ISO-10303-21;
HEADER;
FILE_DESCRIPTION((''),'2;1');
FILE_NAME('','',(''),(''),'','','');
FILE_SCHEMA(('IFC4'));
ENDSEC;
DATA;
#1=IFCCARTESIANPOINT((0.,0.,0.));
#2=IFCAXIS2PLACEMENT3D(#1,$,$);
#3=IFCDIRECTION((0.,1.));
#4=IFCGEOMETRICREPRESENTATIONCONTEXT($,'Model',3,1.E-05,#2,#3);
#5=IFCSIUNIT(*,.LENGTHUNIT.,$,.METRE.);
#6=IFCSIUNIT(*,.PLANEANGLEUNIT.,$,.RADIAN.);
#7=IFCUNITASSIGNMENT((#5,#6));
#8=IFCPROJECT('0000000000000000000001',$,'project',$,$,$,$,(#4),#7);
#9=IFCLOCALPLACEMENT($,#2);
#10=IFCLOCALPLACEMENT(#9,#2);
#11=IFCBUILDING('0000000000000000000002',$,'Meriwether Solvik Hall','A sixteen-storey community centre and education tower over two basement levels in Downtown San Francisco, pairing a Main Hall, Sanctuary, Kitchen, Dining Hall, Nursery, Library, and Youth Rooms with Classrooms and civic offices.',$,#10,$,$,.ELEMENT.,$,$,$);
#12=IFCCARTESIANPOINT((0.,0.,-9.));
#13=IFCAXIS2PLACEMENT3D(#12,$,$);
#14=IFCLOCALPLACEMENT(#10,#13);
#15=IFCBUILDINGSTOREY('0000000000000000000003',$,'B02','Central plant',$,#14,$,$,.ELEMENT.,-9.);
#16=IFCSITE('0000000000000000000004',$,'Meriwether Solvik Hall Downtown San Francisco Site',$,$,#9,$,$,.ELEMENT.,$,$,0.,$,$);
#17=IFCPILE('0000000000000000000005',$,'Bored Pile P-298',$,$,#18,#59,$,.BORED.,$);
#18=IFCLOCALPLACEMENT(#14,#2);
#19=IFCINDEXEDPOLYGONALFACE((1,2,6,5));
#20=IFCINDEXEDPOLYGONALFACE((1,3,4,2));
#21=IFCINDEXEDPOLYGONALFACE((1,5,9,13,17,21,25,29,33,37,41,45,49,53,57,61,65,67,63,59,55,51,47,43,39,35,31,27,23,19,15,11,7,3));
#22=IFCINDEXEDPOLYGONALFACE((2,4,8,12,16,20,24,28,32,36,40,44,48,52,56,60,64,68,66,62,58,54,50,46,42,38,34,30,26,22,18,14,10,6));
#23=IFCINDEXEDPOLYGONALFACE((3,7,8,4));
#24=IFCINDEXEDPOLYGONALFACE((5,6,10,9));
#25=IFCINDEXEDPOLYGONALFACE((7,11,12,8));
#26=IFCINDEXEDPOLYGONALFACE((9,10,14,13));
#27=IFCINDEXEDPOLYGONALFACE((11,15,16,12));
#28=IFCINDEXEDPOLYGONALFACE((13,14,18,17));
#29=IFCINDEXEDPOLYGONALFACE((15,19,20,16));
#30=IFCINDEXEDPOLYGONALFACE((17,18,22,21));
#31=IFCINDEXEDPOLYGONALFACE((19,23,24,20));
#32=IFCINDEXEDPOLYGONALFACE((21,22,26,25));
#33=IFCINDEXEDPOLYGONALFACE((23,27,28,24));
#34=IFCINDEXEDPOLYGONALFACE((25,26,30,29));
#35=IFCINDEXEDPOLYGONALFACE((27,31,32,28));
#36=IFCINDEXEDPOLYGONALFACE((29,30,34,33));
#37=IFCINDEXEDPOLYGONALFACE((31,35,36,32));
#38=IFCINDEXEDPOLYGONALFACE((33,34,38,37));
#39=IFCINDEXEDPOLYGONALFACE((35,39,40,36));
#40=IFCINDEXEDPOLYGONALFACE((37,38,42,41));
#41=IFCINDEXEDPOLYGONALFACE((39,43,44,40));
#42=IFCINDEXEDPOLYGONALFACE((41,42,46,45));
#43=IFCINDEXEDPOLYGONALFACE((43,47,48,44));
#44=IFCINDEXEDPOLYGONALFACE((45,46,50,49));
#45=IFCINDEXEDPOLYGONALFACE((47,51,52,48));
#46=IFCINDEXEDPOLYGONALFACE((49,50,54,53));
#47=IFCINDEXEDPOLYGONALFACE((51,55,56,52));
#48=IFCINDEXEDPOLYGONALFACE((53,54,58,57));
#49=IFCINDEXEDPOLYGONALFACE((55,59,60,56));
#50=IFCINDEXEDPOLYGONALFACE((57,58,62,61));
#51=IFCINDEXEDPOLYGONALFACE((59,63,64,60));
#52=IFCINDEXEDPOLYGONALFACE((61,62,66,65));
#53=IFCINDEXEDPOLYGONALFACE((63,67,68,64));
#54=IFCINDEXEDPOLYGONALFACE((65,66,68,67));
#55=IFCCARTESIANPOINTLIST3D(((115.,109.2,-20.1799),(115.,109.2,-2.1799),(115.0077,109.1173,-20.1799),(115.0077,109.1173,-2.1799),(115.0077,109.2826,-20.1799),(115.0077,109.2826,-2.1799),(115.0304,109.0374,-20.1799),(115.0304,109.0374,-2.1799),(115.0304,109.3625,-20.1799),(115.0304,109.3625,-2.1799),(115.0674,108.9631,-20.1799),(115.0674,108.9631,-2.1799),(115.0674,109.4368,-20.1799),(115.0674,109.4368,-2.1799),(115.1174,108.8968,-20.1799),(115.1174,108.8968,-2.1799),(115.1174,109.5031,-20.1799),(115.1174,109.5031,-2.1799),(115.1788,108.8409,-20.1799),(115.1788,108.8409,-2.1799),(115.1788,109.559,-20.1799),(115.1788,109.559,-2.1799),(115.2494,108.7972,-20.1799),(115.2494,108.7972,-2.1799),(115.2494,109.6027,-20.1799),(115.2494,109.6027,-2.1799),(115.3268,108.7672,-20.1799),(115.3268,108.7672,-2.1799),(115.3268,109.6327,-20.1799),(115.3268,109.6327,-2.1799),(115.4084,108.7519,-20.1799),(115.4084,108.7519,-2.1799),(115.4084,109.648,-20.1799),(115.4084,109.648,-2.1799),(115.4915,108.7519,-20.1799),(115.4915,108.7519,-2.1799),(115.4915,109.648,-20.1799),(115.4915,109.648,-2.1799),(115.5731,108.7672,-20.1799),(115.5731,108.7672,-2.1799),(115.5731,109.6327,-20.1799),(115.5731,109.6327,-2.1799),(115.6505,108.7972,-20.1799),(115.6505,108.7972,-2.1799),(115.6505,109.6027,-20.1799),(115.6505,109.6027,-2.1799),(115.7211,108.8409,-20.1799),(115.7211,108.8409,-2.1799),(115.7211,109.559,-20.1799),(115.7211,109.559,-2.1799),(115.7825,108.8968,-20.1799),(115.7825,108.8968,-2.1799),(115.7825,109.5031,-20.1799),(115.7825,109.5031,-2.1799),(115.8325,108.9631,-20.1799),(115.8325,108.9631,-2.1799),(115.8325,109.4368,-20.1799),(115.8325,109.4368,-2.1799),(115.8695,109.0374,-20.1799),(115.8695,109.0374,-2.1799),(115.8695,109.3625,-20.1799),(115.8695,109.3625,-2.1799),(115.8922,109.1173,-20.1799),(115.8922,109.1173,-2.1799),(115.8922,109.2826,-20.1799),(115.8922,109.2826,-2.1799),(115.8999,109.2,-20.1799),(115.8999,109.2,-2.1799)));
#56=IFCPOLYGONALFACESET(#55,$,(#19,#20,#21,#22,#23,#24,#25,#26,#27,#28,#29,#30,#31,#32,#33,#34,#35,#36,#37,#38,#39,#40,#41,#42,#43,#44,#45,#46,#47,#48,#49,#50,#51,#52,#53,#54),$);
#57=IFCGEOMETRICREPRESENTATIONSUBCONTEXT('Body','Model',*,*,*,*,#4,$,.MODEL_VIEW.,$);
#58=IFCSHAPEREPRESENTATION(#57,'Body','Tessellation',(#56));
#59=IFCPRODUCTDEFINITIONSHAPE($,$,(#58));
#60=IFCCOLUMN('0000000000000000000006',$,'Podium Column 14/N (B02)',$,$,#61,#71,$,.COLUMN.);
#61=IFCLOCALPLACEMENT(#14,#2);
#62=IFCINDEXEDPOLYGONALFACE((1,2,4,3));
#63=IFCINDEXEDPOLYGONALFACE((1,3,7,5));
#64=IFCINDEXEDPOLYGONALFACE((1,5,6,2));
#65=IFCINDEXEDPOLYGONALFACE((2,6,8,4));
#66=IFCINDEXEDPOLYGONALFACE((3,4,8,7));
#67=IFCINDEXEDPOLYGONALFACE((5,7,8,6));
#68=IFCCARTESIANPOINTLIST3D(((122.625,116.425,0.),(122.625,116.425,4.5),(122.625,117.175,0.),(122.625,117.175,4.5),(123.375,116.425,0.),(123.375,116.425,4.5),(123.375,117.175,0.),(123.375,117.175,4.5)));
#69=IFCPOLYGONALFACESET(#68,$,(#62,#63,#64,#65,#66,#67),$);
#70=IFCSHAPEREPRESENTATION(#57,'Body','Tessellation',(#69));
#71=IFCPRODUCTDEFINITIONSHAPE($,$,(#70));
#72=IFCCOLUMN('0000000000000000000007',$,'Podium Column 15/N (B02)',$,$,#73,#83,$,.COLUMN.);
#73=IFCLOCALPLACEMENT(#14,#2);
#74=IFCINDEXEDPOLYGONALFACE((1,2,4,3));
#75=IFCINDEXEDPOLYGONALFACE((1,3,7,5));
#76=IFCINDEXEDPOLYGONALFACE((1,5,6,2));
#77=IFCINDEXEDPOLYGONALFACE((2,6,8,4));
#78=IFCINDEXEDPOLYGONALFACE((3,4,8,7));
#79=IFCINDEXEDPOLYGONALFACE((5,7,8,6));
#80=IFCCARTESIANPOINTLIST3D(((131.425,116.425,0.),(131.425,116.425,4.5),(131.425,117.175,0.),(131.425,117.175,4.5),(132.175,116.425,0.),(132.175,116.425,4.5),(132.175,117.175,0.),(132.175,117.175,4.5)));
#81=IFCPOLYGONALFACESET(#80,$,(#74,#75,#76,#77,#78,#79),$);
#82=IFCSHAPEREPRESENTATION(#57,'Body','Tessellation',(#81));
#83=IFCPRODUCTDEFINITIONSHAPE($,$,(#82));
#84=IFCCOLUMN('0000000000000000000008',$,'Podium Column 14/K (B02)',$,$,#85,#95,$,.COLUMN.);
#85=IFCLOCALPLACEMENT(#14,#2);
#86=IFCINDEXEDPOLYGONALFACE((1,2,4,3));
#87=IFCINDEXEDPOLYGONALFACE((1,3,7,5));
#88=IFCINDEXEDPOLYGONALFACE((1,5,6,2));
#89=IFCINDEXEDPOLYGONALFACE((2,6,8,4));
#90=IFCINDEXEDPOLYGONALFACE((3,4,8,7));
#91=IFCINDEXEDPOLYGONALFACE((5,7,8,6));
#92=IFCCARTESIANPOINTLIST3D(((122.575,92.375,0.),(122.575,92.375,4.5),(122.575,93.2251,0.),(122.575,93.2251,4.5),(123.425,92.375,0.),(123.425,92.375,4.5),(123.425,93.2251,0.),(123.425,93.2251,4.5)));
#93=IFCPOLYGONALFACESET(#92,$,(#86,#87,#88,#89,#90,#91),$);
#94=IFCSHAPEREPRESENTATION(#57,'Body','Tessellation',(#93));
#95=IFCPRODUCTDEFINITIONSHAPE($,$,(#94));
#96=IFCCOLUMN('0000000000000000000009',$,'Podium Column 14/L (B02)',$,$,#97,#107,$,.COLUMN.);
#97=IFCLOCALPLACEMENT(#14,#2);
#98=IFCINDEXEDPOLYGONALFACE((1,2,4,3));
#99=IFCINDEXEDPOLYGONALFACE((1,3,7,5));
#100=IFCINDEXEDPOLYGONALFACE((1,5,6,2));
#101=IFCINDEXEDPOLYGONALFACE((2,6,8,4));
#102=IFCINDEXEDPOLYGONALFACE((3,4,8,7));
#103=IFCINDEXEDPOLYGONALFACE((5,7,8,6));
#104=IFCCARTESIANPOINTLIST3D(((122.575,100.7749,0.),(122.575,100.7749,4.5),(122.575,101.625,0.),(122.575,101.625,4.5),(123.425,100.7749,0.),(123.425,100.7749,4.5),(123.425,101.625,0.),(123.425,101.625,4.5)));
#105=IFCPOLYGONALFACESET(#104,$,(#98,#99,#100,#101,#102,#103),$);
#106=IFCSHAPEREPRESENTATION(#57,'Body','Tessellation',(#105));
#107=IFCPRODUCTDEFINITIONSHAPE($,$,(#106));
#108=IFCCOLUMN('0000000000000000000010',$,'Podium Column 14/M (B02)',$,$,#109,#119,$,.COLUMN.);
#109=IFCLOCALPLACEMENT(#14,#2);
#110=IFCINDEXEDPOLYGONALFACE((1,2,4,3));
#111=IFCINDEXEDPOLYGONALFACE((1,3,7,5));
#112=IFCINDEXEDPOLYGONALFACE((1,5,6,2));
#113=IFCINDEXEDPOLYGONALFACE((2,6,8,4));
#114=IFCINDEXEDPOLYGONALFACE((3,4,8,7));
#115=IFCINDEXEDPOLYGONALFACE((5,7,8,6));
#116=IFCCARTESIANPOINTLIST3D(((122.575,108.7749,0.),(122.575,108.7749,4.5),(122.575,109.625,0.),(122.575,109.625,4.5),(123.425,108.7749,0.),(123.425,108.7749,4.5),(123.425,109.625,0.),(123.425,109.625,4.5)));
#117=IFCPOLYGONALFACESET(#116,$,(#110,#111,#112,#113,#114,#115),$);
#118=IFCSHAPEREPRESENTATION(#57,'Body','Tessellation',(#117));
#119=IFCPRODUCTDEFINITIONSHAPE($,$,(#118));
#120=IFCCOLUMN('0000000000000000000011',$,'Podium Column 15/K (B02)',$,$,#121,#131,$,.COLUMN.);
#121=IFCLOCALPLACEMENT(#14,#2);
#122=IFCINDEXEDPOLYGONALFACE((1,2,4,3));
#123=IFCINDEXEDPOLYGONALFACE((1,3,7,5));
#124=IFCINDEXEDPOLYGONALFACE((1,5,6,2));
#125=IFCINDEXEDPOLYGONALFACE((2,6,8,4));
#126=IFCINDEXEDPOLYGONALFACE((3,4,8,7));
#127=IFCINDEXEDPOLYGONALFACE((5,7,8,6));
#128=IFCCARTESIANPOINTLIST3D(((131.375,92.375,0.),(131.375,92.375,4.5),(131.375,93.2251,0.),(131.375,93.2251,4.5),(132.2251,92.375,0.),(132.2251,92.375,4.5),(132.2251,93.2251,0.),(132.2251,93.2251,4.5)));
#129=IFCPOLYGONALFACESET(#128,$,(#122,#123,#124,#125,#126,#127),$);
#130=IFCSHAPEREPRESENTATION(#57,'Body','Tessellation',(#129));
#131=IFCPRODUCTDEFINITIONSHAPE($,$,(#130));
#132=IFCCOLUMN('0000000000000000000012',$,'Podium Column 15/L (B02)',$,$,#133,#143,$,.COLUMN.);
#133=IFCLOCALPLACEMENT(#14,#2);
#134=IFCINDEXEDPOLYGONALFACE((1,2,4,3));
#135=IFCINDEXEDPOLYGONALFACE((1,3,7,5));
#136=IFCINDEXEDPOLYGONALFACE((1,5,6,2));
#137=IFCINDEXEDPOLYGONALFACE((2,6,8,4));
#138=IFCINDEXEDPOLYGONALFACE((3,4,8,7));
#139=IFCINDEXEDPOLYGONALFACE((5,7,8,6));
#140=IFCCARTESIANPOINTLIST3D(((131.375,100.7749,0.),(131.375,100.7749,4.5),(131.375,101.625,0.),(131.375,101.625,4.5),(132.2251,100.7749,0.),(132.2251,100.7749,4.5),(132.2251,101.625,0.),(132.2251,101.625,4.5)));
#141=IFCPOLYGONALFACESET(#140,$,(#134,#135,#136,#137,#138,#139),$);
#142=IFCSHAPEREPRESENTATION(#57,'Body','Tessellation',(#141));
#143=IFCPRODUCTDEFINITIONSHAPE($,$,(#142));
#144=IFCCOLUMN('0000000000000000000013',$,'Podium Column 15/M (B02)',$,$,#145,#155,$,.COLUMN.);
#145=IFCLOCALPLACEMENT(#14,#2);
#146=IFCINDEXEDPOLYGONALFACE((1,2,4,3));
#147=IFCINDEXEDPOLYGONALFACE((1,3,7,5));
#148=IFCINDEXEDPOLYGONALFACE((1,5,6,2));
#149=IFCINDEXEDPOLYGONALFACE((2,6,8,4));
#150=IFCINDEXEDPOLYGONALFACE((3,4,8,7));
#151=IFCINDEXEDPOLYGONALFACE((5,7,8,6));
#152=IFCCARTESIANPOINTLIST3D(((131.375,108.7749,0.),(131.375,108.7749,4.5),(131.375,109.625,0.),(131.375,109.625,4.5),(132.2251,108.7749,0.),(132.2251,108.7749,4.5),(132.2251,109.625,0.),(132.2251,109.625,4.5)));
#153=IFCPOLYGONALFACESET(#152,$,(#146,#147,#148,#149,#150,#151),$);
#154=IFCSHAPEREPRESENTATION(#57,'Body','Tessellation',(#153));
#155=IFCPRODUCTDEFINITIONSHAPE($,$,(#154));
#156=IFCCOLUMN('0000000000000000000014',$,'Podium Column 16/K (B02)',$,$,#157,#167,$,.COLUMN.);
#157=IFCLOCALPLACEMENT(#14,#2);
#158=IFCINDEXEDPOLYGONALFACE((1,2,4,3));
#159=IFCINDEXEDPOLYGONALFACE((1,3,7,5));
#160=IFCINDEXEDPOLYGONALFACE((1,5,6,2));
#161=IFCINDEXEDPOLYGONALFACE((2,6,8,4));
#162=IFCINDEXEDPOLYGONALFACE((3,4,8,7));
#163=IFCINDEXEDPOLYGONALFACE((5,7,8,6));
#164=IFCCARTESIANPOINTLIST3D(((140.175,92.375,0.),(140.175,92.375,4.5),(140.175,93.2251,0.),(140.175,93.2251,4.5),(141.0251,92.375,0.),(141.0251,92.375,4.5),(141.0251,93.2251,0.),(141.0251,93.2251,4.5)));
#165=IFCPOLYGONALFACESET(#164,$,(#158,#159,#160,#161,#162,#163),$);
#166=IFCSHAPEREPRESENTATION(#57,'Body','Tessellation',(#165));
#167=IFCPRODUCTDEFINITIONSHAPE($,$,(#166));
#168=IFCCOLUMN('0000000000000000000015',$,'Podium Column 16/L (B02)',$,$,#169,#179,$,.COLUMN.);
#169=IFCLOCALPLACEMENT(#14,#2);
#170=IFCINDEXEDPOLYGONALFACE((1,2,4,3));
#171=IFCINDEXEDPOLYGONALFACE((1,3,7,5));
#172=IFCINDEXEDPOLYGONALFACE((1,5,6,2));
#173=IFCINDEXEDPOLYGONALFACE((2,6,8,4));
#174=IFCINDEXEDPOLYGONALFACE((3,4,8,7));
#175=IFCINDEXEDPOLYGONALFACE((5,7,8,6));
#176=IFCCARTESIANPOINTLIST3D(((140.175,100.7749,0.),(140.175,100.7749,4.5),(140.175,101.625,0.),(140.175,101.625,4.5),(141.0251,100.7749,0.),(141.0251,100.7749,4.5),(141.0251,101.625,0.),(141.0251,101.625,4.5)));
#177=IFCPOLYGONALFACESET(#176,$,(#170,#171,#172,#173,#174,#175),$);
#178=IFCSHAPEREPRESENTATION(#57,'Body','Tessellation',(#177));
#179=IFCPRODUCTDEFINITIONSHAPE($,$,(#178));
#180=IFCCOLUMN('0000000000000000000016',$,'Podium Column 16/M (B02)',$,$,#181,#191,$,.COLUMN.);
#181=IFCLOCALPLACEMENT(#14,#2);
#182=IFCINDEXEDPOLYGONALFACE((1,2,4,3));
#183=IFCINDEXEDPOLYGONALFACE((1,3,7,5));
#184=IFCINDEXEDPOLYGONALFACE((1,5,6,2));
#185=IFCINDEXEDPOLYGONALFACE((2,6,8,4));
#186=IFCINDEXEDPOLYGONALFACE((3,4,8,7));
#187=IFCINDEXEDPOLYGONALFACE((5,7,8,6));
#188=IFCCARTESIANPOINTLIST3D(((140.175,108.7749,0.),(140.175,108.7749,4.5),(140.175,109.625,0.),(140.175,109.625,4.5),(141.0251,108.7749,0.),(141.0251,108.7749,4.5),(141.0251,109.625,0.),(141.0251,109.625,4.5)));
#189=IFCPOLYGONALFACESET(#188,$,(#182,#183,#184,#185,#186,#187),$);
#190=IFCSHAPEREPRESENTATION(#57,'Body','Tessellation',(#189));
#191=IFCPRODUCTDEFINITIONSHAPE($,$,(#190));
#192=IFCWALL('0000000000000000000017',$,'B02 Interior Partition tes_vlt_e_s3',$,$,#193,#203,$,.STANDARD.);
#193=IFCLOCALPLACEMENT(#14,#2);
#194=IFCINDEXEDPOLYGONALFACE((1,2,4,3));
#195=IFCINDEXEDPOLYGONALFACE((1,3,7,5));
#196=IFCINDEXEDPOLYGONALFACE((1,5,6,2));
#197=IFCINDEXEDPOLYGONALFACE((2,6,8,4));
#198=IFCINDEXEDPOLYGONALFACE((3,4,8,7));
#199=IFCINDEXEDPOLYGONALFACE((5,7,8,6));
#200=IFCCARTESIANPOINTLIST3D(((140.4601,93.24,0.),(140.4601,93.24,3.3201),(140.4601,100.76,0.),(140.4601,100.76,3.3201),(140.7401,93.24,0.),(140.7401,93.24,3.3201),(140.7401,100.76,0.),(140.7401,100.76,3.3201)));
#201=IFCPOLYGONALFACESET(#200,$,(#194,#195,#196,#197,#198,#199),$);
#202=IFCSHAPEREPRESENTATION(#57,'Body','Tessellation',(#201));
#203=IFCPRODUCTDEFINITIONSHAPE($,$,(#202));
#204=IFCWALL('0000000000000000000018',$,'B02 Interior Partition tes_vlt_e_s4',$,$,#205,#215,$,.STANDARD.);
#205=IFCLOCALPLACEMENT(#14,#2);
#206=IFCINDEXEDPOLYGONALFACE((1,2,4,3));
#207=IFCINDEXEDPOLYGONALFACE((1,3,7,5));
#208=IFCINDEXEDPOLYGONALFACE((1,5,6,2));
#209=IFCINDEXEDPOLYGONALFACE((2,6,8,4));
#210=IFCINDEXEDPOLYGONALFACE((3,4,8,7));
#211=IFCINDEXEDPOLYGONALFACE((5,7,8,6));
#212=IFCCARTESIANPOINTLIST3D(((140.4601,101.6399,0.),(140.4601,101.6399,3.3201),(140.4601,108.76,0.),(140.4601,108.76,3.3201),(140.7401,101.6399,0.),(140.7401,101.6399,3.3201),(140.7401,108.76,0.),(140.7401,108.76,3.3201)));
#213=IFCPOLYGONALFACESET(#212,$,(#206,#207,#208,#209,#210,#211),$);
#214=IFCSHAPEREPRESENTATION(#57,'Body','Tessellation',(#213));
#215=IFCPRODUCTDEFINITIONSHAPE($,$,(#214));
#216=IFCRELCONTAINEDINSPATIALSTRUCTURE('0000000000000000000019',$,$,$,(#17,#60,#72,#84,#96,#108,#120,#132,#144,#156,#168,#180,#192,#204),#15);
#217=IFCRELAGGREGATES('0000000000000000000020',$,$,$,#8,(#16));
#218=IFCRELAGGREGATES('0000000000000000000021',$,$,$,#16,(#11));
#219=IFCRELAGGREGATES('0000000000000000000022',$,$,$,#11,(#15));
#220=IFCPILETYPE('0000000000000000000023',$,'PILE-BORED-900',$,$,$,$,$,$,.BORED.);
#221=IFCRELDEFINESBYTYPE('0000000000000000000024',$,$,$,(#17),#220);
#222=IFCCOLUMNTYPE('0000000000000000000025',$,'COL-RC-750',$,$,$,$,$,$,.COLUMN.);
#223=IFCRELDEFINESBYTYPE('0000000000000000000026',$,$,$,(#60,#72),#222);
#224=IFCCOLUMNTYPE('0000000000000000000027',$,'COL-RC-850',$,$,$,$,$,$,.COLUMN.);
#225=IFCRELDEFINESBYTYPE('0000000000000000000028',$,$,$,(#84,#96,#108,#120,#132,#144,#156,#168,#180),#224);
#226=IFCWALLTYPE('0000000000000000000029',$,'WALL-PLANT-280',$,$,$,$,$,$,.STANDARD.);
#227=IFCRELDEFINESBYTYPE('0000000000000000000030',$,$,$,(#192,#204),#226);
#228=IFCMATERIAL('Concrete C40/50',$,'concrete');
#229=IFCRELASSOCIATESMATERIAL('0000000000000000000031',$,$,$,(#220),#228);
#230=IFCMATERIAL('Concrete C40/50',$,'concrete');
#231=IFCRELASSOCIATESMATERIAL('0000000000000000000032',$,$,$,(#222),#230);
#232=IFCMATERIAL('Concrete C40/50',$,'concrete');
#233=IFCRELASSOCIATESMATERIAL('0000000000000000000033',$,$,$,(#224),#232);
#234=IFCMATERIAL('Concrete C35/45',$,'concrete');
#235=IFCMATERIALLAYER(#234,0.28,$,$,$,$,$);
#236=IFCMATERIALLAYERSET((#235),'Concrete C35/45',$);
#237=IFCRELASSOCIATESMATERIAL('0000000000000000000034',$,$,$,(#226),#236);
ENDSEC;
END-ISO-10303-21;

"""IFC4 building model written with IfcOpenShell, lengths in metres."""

from ifc_helpers import new_model, si_unit, direction, frame, frame_2d, origin, origin_2d, place, context, subcontext, project, spatial, rectangle, circle, extrude, material, layer, layer_set, material_profile, profile_set, type_object, element, save


model = new_model("IFC4")

# Units and contexts
model_context = context("Model", 3, precision=1e-05, world=origin(), true_north=direction((0.0, 1.0)))
body_context = subcontext(model_context, "Body", "Model", "MODEL_VIEW")
ifc_project = project(units=[si_unit("LENGTHUNIT", "METRE"), si_unit("PLANEANGLEUNIT", "RADIAN")], contexts=[model_context])

# Site, building, storey
site_placement = place(None, origin())
site = spatial("IfcSite", under=ifc_project, at=site_placement, Name="Meriwether Solvik Hall Downtown San Francisco Site", CompositionType="ELEMENT", RefElevation=0.0)
building_placement = place(site_placement, origin())
building = spatial("IfcBuilding", under=site, at=building_placement, Name="Meriwether Solvik Hall", Description="A sixteen-storey community centre and education tower over two basement levels in Downtown San Francisco, pairing a Main Hall, Sanctuary, Kitchen, Dining Hall, Nursery, Library, and Youth Rooms with Classrooms and civic offices.", CompositionType="ELEMENT")
storey_placement = place(building_placement, frame((0.0, 0.0, -9.0)))
storey = spatial("IfcBuildingStorey", under=building, at=storey_placement, Name="B02", Description="Central plant", CompositionType="ELEMENT", Elevation=-9.0)

# Pile
ifc_material_1 = material(Name="Concrete C40/50", Category="concrete")
ifc_material_profile_1 = material_profile(ifc_material_1, circle(Radius=0.45, at=origin_2d()), Name="PILE-D900")
ifc_profile_set_1 = profile_set([ifc_material_profile_1], Name="Concrete C40/50")
pile_type_1 = type_object("IfcPileType", Name="PILE-BORED-900", PredefinedType="BORED", material=ifc_profile_set_1)
pile_1_placement = place(storey_placement, frame((115.45, 109.2, -2.1799), z_axis=(0.0, 0.0, -1.0), x_axis=(1.0, 0.0, 0.0)))
element("IfcPile", 1, at=pile_1_placement, inside=storey, type_object=pile_type_1, Name="Bored Pile P-298", PredefinedType="BORED", context=body_context, shape_type="SweptSolid", body=[
    extrude(circle(Radius=0.45, at=origin_2d()), origin(), (0.0, 0.0, 1.0), 18.0),
])

# Columns
ifc_material_2 = material(Name="Concrete C40/50", Category="concrete")
ifc_material_profile_2 = material_profile(ifc_material_2, rectangle(XDim=0.75, YDim=0.75, at=origin_2d()), Name="RCC-750X750")
ifc_profile_set_2 = profile_set([ifc_material_profile_2], Name="Concrete C40/50")
column_type_1 = type_object("IfcColumnType", Name="COL-RC-750", PredefinedType="COLUMN", material=ifc_profile_set_2)
for number, where, z_axis, x_axis, name in (
    (2, (123.0, 116.8, 0.0), (0.0, 0.0, 1.0), (1.0, 0.0, 0.0), "Podium Column 14/N (B02)"),
    (3, (131.8, 116.8, 0.0), (0.0, 0.0, 1.0), (1.0, 0.0, 0.0), "Podium Column 15/N (B02)"),
):
    element("IfcColumn", number, at=place(storey_placement, frame(where, z_axis=z_axis, x_axis=x_axis)), inside=storey, type_object=column_type_1, Name=name, PredefinedType="COLUMN", context=body_context, shape_type="SweptSolid", body=[
        extrude(rectangle(XDim=0.75, YDim=0.75, at=origin_2d()), origin(), (0.0, 0.0, 1.0), 4.5),
    ])
ifc_material_3 = material(Name="Concrete C40/50", Category="concrete")
ifc_material_profile_3 = material_profile(ifc_material_3, rectangle(XDim=0.8501, YDim=0.8501, at=origin_2d()), Name="RCC-850X850")
ifc_profile_set_3 = profile_set([ifc_material_profile_3], Name="Concrete C40/50")
column_type_2 = type_object("IfcColumnType", Name="COL-RC-850", PredefinedType="COLUMN", material=ifc_profile_set_3)
for number, where, z_axis, x_axis, name in (
    (4, (123.0, 92.8, 0.0), (0.0, 0.0, 1.0), (1.0, 0.0, 0.0), "Podium Column 14/K (B02)"),
    (5, (123.0, 101.2, 0.0), (0.0, 0.0, 1.0), (1.0, 0.0, 0.0), "Podium Column 14/L (B02)"),
    (6, (123.0, 109.2, 0.0), (0.0, 0.0, 1.0), (1.0, 0.0, 0.0), "Podium Column 14/M (B02)"),
    (7, (131.8, 92.8, 0.0), (0.0, 0.0, 1.0), (1.0, 0.0, 0.0), "Podium Column 15/K (B02)"),
    (8, (131.8, 101.2, 0.0), (0.0, 0.0, 1.0), (1.0, 0.0, 0.0), "Podium Column 15/L (B02)"),
    (9, (131.8, 109.2, 0.0), (0.0, 0.0, 1.0), (1.0, 0.0, 0.0), "Podium Column 15/M (B02)"),
    (10, (140.6001, 92.8, 0.0), (0.0, 0.0, 1.0), (1.0, 0.0, 0.0), "Podium Column 16/K (B02)"),
    (11, (140.6001, 101.2, 0.0), (0.0, 0.0, 1.0), (1.0, 0.0, 0.0), "Podium Column 16/L (B02)"),
    (12, (140.6001, 109.2, 0.0), (0.0, 0.0, 1.0), (1.0, 0.0, 0.0), "Podium Column 16/M (B02)"),
):
    element("IfcColumn", number, at=place(storey_placement, frame(where, z_axis=z_axis, x_axis=x_axis)), inside=storey, type_object=column_type_2, Name=name, PredefinedType="COLUMN", context=body_context, shape_type="SweptSolid", body=[
        extrude(rectangle(XDim=0.8501, YDim=0.8501, at=origin_2d()), origin(), (0.0, 0.0, 1.0), 4.5),
    ])

# Walls
ifc_material_4 = material(Name="Concrete C35/45", Category="concrete")
ifc_layer_1 = layer(ifc_material_4, 0.28)
ifc_layer_set_1 = layer_set([ifc_layer_1], Name="Concrete C35/45")
wall_type = type_object("IfcWallType", Name="WALL-PLANT-280", PredefinedType="STANDARD", material=ifc_layer_set_1)
wall_1_placement = place(storey_placement, frame((140.6001, 93.24, 0.0), z_axis=(0.0, 0.0, 1.0), x_axis=(0.0, 1.0, 0.0)))
element("IfcWall", 13, at=wall_1_placement, inside=storey, type_object=wall_type, Name="B02 Interior Partition tes_vlt_e_s3", PredefinedType="STANDARD", context=body_context, shape_type="SweptSolid", body=[
    extrude(rectangle(XDim=7.52, YDim=0.28, at=frame_2d((3.76, 0.0))), origin(), (0.0, 0.0, 1.0), 3.3201),
])
wall_2_placement = place(storey_placement, frame((140.6001, 101.6399, 0.0), z_axis=(0.0, 0.0, 1.0), x_axis=(0.0, 1.0, 0.0)))
element("IfcWall", 14, at=wall_2_placement, inside=storey, type_object=wall_type, Name="B02 Interior Partition tes_vlt_e_s4", PredefinedType="STANDARD", context=body_context, shape_type="SweptSolid", body=[
    extrude(rectangle(XDim=7.1201, YDim=0.28, at=frame_2d((3.5601, 0.0))), origin(), (0.0, 0.0, 1.0), 3.3201),
])

save(model, "model.ifc")
